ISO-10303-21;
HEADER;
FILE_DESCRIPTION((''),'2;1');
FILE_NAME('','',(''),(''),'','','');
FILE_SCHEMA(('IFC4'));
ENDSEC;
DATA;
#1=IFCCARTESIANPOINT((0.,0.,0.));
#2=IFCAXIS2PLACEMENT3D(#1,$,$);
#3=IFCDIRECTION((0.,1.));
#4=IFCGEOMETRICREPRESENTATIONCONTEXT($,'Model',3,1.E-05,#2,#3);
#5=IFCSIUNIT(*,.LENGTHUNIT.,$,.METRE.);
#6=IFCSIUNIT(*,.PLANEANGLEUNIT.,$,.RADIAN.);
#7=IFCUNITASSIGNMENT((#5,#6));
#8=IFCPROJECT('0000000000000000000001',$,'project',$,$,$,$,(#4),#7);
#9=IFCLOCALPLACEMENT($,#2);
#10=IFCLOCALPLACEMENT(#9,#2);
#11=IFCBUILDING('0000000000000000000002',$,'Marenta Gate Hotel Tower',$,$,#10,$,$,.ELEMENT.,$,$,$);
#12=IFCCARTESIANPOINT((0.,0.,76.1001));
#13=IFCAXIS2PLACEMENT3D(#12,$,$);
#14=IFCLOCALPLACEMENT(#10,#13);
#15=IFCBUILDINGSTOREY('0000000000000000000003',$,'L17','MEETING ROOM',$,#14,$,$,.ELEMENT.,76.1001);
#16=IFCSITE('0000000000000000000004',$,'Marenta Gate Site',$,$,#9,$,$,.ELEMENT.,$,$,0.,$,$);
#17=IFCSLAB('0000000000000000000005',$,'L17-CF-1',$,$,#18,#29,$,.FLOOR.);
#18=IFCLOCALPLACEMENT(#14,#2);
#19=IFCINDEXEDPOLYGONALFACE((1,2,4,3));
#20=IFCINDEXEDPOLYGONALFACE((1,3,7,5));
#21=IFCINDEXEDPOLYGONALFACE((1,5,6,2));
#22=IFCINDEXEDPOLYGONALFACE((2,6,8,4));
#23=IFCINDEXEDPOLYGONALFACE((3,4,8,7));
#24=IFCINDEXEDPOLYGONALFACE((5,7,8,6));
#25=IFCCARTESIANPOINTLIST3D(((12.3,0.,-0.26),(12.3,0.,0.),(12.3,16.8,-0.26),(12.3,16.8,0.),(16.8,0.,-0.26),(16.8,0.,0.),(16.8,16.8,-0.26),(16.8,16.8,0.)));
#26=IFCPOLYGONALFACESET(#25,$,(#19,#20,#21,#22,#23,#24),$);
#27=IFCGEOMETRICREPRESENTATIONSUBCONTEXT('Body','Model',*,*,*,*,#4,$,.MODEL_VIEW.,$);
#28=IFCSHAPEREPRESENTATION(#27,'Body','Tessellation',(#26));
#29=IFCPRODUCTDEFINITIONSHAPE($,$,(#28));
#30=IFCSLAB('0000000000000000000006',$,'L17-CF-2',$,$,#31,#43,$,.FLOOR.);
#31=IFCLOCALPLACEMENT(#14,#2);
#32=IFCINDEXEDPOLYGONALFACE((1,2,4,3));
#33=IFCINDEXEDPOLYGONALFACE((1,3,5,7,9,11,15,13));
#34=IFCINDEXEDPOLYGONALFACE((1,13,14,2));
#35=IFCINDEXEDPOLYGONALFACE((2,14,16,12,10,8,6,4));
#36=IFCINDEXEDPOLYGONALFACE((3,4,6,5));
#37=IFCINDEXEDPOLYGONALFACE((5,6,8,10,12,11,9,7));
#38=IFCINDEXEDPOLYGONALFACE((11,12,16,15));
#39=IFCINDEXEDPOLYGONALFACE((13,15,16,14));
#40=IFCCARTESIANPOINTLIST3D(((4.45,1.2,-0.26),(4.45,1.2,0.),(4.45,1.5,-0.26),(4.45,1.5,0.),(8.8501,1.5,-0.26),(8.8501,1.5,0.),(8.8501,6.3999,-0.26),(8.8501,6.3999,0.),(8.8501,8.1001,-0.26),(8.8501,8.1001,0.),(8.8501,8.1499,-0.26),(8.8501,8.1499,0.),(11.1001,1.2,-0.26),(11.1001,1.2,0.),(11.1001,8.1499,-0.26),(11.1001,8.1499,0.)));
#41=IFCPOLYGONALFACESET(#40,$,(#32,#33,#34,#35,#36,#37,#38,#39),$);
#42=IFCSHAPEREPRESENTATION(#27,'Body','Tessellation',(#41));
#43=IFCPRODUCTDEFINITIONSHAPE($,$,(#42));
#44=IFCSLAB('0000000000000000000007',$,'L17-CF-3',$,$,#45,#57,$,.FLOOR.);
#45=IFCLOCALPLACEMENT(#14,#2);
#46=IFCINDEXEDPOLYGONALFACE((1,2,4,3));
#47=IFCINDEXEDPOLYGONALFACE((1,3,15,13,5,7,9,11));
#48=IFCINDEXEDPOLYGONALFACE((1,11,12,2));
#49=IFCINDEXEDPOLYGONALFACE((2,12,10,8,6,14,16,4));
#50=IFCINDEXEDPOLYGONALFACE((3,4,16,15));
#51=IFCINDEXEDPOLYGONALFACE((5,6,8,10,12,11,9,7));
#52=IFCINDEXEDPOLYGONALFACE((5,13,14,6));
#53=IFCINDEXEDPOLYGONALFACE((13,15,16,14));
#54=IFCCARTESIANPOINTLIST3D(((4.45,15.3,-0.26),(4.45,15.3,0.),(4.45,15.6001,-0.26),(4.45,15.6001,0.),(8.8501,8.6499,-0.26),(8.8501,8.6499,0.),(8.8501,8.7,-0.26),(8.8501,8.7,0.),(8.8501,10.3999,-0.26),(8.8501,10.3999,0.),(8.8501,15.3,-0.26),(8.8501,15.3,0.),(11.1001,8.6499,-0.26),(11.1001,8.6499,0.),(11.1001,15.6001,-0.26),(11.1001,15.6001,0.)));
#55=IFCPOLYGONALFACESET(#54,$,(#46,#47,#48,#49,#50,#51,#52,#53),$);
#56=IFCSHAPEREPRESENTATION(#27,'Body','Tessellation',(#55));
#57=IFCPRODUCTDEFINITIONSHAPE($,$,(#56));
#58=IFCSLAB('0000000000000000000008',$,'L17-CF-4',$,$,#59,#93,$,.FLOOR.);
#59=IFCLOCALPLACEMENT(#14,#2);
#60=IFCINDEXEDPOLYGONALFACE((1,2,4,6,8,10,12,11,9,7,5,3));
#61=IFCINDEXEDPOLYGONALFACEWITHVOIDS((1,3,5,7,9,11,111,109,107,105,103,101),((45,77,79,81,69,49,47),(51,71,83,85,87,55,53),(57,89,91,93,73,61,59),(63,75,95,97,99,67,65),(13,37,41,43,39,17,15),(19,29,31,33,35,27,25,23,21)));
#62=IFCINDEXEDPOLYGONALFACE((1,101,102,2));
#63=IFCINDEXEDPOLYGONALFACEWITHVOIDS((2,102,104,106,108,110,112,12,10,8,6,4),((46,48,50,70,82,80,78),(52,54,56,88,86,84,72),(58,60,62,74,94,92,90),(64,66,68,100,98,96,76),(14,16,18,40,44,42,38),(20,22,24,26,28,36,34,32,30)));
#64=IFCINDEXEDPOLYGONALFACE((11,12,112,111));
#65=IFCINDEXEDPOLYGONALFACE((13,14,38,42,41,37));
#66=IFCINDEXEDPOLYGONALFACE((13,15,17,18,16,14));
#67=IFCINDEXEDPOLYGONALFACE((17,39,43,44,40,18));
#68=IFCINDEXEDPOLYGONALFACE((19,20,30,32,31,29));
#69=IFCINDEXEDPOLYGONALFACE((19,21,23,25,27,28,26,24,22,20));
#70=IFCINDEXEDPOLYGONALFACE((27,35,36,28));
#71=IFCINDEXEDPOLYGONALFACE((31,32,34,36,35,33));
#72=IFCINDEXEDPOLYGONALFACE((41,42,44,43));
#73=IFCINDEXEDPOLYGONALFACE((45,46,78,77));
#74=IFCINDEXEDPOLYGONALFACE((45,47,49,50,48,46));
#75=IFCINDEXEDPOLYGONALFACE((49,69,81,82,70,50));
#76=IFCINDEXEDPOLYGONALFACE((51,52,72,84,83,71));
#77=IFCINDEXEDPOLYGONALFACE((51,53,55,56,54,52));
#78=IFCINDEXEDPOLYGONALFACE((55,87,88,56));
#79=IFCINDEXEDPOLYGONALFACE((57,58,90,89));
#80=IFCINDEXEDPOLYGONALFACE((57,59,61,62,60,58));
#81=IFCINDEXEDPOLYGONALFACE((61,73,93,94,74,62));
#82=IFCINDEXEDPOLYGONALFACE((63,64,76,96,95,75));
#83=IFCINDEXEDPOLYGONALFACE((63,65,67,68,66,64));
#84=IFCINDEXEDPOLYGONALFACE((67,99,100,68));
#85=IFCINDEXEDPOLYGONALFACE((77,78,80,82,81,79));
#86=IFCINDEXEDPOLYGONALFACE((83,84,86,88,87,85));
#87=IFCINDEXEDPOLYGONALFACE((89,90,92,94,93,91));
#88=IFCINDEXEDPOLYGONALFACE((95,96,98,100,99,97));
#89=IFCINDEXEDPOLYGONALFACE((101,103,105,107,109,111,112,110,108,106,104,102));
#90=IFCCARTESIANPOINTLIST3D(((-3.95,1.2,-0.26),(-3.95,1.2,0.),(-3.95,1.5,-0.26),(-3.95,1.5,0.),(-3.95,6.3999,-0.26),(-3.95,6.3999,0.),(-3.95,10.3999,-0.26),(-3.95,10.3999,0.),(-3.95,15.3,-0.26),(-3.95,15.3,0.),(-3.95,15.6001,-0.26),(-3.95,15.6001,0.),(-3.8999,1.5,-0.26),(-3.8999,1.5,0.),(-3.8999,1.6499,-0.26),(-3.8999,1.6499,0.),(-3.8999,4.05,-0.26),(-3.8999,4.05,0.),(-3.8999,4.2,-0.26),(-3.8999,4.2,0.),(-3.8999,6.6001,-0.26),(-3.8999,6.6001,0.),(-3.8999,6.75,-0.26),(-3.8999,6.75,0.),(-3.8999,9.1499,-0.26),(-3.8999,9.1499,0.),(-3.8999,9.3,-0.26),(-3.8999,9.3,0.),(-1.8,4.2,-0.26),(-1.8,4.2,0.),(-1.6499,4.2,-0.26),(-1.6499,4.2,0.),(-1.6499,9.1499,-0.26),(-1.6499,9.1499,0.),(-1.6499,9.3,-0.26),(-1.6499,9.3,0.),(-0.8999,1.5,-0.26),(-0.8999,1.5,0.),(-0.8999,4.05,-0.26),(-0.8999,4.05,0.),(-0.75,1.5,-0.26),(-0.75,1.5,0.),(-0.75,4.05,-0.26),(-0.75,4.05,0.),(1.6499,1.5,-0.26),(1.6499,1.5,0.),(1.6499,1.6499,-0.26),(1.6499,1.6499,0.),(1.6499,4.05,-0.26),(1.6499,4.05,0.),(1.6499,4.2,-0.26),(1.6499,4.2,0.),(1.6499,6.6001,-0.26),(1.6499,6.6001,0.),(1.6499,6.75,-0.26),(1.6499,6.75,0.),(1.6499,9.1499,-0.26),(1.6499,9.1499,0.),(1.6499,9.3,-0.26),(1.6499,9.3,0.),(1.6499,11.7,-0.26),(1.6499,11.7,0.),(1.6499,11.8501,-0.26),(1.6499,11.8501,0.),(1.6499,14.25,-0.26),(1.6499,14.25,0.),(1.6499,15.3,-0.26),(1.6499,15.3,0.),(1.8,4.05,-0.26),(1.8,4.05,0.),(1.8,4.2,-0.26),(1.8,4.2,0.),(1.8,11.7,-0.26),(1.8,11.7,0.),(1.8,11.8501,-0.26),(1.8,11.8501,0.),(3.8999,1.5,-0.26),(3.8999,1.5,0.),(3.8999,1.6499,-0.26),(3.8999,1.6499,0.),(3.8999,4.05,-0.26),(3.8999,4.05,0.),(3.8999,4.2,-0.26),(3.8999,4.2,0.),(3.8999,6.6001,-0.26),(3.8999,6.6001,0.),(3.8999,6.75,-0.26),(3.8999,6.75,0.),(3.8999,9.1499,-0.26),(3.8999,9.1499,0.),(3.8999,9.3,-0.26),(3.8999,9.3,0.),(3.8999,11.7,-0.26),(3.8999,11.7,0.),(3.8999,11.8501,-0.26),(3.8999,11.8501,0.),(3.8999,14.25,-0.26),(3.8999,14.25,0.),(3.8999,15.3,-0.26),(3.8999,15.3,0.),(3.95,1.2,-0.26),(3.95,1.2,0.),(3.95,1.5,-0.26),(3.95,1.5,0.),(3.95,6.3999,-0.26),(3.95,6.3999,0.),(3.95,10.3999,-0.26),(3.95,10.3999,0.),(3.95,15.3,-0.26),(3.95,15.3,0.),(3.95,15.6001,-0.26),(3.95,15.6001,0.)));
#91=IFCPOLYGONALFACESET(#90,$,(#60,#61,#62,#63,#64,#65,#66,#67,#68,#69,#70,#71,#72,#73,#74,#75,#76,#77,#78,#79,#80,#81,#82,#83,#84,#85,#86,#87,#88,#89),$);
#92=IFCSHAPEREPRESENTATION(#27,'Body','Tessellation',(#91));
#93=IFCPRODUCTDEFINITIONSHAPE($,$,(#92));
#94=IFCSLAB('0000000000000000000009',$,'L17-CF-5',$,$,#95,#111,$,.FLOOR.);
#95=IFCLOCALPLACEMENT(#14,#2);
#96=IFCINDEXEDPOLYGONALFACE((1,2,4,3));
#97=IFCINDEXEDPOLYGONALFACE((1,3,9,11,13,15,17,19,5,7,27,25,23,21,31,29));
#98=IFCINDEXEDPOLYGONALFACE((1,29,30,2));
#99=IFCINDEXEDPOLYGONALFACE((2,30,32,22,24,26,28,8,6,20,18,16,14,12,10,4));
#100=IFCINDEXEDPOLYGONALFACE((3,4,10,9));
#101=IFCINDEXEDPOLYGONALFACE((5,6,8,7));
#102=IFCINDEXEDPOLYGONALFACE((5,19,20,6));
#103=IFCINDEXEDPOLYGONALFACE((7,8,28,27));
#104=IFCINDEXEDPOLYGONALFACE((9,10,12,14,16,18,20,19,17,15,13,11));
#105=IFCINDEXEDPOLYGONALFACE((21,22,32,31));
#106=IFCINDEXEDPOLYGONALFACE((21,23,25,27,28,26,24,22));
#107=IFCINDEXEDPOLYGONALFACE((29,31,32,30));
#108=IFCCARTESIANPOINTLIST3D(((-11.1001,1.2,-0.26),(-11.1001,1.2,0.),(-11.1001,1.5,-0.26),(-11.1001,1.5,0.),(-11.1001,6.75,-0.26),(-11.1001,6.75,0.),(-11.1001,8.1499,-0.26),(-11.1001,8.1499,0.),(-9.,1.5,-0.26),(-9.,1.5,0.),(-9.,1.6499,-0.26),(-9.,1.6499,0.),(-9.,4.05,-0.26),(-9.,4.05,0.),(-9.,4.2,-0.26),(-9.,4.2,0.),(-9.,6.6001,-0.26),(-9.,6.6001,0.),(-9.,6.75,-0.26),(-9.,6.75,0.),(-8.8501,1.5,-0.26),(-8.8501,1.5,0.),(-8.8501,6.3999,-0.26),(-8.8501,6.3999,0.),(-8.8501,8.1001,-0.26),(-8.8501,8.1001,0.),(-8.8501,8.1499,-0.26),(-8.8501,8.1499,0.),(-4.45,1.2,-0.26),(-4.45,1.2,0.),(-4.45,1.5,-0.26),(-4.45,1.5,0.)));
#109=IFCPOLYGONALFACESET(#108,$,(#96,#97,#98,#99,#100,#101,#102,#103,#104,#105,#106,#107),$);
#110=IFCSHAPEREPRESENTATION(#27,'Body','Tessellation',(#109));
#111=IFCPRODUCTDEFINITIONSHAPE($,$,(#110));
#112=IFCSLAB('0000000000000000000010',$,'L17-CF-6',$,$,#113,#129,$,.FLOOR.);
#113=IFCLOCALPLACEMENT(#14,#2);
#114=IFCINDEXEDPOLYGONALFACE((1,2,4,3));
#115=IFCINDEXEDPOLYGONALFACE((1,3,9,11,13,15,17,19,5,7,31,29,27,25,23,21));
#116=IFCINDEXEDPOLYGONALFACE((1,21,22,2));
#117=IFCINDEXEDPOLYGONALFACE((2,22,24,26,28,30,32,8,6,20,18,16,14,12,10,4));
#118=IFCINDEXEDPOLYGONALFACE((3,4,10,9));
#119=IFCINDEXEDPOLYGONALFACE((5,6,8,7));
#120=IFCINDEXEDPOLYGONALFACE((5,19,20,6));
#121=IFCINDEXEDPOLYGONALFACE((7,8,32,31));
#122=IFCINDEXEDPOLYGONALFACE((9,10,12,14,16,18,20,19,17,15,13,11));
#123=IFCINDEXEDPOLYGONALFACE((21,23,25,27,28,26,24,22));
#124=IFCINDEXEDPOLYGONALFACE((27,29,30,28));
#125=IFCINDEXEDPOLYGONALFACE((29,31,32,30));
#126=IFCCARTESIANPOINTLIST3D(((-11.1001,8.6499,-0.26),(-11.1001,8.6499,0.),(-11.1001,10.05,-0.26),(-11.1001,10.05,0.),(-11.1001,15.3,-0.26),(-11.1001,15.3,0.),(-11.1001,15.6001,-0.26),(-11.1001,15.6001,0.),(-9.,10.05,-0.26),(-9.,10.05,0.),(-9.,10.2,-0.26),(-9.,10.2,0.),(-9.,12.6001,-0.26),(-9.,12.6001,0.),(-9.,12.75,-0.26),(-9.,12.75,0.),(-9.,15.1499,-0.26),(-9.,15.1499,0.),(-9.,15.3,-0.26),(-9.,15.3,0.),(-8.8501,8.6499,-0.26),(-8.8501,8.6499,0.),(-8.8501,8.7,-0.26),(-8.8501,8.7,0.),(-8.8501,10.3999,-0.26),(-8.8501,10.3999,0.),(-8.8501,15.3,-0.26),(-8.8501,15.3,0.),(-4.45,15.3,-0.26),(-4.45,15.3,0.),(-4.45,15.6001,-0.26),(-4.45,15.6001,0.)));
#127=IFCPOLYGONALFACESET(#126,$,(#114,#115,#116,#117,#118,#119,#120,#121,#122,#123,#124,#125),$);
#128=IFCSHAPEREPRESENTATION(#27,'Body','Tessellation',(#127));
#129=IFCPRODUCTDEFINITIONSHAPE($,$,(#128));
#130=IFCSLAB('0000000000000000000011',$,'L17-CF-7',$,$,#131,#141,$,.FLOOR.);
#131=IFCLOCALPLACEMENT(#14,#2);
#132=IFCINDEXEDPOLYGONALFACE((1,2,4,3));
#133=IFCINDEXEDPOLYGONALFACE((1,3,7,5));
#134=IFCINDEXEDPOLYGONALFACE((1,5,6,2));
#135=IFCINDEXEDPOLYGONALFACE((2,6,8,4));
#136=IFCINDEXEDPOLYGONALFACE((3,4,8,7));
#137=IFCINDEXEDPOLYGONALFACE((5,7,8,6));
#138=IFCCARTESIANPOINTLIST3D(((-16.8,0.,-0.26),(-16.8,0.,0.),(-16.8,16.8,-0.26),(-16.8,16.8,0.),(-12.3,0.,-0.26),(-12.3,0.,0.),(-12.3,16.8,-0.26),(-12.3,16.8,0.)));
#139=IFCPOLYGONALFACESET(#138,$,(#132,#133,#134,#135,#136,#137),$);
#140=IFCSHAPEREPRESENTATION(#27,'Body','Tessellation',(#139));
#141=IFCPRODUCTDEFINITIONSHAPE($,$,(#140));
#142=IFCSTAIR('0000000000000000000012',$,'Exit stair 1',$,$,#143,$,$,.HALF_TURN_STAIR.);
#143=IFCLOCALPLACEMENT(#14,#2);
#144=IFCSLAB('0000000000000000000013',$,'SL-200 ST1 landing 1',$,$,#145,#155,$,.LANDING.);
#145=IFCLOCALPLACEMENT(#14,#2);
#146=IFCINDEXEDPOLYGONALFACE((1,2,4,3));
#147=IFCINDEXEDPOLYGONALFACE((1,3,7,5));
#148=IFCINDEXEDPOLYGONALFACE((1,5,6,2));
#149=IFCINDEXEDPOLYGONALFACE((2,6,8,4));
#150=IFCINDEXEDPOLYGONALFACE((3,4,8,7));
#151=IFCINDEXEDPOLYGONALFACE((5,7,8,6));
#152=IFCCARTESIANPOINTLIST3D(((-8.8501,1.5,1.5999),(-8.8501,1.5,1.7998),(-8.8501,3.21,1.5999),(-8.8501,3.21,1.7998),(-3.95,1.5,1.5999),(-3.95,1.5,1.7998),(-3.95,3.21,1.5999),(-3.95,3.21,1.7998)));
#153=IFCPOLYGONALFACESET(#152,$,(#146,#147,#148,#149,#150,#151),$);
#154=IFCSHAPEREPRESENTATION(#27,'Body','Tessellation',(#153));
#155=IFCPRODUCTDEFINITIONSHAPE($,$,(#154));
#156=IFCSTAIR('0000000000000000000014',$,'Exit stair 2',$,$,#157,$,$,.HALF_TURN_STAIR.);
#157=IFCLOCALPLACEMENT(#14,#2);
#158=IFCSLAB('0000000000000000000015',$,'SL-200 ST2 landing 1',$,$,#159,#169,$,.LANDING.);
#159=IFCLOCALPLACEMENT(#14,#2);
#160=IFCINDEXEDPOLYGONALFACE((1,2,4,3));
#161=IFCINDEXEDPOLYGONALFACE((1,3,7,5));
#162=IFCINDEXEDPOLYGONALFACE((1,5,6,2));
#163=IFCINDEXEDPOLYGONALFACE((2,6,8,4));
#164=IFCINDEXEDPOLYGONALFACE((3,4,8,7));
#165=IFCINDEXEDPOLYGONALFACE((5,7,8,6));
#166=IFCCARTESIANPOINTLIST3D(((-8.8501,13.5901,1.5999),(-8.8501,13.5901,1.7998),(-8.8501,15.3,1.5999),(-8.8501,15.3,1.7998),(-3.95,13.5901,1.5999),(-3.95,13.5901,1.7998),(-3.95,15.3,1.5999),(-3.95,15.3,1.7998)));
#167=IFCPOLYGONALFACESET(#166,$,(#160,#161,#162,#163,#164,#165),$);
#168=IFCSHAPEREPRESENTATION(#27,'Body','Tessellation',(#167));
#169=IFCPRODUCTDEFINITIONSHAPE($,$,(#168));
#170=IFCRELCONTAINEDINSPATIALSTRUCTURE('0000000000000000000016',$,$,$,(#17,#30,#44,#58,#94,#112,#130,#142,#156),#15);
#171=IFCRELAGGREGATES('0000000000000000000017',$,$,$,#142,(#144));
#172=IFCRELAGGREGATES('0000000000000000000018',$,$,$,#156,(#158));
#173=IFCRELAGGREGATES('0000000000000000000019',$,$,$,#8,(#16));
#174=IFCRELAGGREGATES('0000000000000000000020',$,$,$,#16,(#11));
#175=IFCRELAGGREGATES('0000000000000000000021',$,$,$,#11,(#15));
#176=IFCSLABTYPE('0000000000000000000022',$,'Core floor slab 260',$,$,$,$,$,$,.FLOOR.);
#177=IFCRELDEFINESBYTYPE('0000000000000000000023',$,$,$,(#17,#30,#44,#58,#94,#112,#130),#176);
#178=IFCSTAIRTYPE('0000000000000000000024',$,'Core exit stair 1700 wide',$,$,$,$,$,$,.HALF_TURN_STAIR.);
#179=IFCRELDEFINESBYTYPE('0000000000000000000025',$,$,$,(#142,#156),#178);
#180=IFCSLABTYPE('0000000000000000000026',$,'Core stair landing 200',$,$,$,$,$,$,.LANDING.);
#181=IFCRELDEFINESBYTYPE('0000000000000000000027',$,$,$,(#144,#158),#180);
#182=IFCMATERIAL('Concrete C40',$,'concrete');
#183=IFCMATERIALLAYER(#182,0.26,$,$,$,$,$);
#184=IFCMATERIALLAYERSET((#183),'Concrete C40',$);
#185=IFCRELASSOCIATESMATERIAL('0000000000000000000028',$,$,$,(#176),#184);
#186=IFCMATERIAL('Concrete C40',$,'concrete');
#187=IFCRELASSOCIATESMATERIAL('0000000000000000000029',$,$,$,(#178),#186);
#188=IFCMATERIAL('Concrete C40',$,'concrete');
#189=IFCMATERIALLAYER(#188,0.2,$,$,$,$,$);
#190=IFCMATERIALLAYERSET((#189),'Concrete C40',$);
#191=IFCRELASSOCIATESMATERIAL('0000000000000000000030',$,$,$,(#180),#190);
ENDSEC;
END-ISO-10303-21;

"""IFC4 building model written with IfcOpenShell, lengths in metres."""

from ifc_helpers import new_model, si_unit, direction, frame, origin, place, context, subcontext, project, spatial, polyline, outline, extrude, material, layer, layer_set, type_object, element, aggregate, save


model = new_model("IFC4")

# Units and contexts
model_context = context("Model", 3, precision=1e-05, world=origin(), true_north=direction((0.0, 1.0)))
body_context = subcontext(model_context, "Body", "Model", "MODEL_VIEW")
ifc_project = project(units=[si_unit("LENGTHUNIT", "METRE"), si_unit("PLANEANGLEUNIT", "RADIAN")], contexts=[model_context])

# Site, building, storey
site_placement = place(None, origin())
site = spatial("IfcSite", under=ifc_project, at=site_placement, Name="Marenta Gate Site", CompositionType="ELEMENT", RefElevation=0.0)
building_placement = place(site_placement, origin())
building = spatial("IfcBuilding", under=site, at=building_placement, Name="Marenta Gate Hotel Tower", CompositionType="ELEMENT")
storey_placement = place(building_placement, frame((0.0, 0.0, 76.1001)))
storey = spatial("IfcBuildingStorey", under=building, at=storey_placement, Name="L17", Description="MEETING ROOM", CompositionType="ELEMENT", Elevation=76.1001)

# Slabs
ifc_material_1 = material(Name="Concrete C40", Category="concrete")
ifc_layer_1 = layer(ifc_material_1, 0.26)
ifc_layer_set_1 = layer_set([ifc_layer_1], Name="Concrete C40")
slab_type_1 = type_object("IfcSlabType", Name="Core floor slab 260", PredefinedType="FLOOR", material=ifc_layer_set_1)
slab_1_placement = place(storey_placement, frame((0.0, 0.0, -0.26)))
element("IfcSlab", 1, at=slab_1_placement, inside=storey, type_object=slab_type_1, Name="L17-CF-1", PredefinedType="FLOOR", context=body_context, shape_type="SweptSolid", body=[
    extrude(outline(polyline([(12.3, 0.0), (12.3, 16.8), (16.8, 16.8), (16.8, 0.0), (12.3, 0.0)])), origin(), (0.0, 0.0, 1.0), 0.26),
])
slab_2_placement = place(storey_placement, frame((0.0, 0.0, -0.26)))
element("IfcSlab", 2, at=slab_2_placement, inside=storey, type_object=slab_type_1, Name="L17-CF-2", PredefinedType="FLOOR", context=body_context, shape_type="SweptSolid", body=[
    extrude(outline(polyline([(8.8501, 1.5), (8.8501, 6.3999), (8.8501, 8.1001), (8.8501, 8.1499), (11.1001, 8.1499), (11.1001, 1.2), (4.45, 1.2), (4.45, 1.5), (8.8501, 1.5)])), origin(), (0.0, 0.0, 1.0), 0.26),
])
slab_3_placement = place(storey_placement, frame((0.0, 0.0, -0.26)))
element("IfcSlab", 3, at=slab_3_placement, inside=storey, type_object=slab_type_1, Name="L17-CF-3", PredefinedType="FLOOR", context=body_context, shape_type="SweptSolid", body=[
    extrude(outline(polyline([(8.8501, 15.3), (4.45, 15.3), (4.45, 15.6001), (11.1001, 15.6001), (11.1001, 8.6499), (8.8501, 8.6499), (8.8501, 8.7), (8.8501, 10.3999), (8.8501, 15.3)])), origin(), (0.0, 0.0, 1.0), 0.26),
])
slab_4_placement = place(storey_placement, frame((0.0, 0.0, -0.26)))
element("IfcSlab", 4, at=slab_4_placement, inside=storey, type_object=slab_type_1, Name="L17-CF-4", PredefinedType="FLOOR", context=body_context, shape_type="SweptSolid", body=[
    extrude(outline(polyline([(3.95, 15.3), (3.95, 10.3999), (3.95, 6.3999), (3.95, 1.5), (3.95, 1.2), (-3.95, 1.2), (-3.95, 1.5), (-3.95, 6.3999), (-3.95, 10.3999), (-3.95, 15.3), (-3.95, 15.6001), (3.95, 15.6001), (3.95, 15.3)]), holes=[polyline([(1.6499, 4.05), (1.6499, 1.6499), (1.6499, 1.5), (3.8999, 1.5), (3.8999, 1.6499), (3.8999, 4.05), (1.8, 4.05), (1.6499, 4.05)]), polyline([(1.6499, 9.1499), (3.8999, 9.1499), (3.8999, 9.3), (3.8999, 11.7), (1.8, 11.7), (1.6499, 11.7), (1.6499, 9.3), (1.6499, 9.1499)]), polyline([(1.6499, 11.8501), (1.8, 11.8501), (3.8999, 11.8501), (3.8999, 14.25), (3.8999, 15.3), (1.6499, 15.3), (1.6499, 14.25), (1.6499, 11.8501)]), polyline([(3.8999, 6.6001), (3.8999, 6.75), (1.6499, 6.75), (1.6499, 6.6001), (1.6499, 4.2), (1.8, 4.2), (3.8999, 4.2), (3.8999, 6.6001)]), polyline([(-3.8999, 1.5), (-0.8999, 1.5), (-0.75, 1.5), (-0.75, 4.05), (-0.8999, 4.05), (-3.8999, 4.05), (-3.8999, 1.6499), (-3.8999, 1.5)]), polyline([(-1.6499, 4.2), (-1.6499, 9.1499), (-1.6499, 9.3), (-3.8999, 9.3), (-3.8999, 9.1499), (-3.8999, 6.75), (-3.8999, 6.6001), (-3.8999, 4.2), (-1.8, 4.2), (-1.6499, 4.2)])]), origin(), (0.0, 0.0, 1.0), 0.26),
])
slab_5_placement = place(storey_placement, frame((0.0, 0.0, -0.26)))
element("IfcSlab", 5, at=slab_5_placement, inside=storey, type_object=slab_type_1, Name="L17-CF-5", PredefinedType="FLOOR", context=body_context, shape_type="SweptSolid", body=[
    extrude(outline(polyline([(-9.0, 1.5), (-9.0, 1.6499), (-9.0, 4.05), (-9.0, 4.2), (-9.0, 6.6001), (-9.0, 6.75), (-11.1001, 6.75), (-11.1001, 8.1499), (-8.8501, 8.1499), (-8.8501, 8.1001), (-8.8501, 6.3999), (-8.8501, 1.5), (-4.45, 1.5), (-4.45, 1.2), (-11.1001, 1.2), (-11.1001, 1.5), (-9.0, 1.5)])), origin(), (0.0, 0.0, 1.0), 0.26),
])
slab_6_placement = place(storey_placement, frame((0.0, 0.0, -0.26)))
element("IfcSlab", 6, at=slab_6_placement, inside=storey, type_object=slab_type_1, Name="L17-CF-6", PredefinedType="FLOOR", context=body_context, shape_type="SweptSolid", body=[
    extrude(outline(polyline([(-4.45, 15.3), (-8.8501, 15.3), (-8.8501, 10.3999), (-8.8501, 8.7), (-8.8501, 8.6499), (-11.1001, 8.6499), (-11.1001, 10.05), (-9.0, 10.05), (-9.0, 10.2), (-9.0, 12.6001), (-9.0, 12.75), (-9.0, 15.1499), (-9.0, 15.3), (-11.1001, 15.3), (-11.1001, 15.6001), (-4.45, 15.6001), (-4.45, 15.3)])), origin(), (0.0, 0.0, 1.0), 0.26),
])
slab_7_placement = place(storey_placement, frame((0.0, 0.0, -0.26)))
element("IfcSlab", 7, at=slab_7_placement, inside=storey, type_object=slab_type_1, Name="L17-CF-7", PredefinedType="FLOOR", context=body_context, shape_type="SweptSolid", body=[
    extrude(outline(polyline([(-12.3, 16.8), (-12.3, 0.0), (-16.8, 0.0), (-16.8, 16.8), (-12.3, 16.8)])), origin(), (0.0, 0.0, 1.0), 0.26),
])

# Stairs, slabs
ifc_material_2 = material(Name="Concrete C40", Category="concrete")
stair_type_1 = type_object("IfcStairType", Name="Core exit stair 1700 wide", PredefinedType="HALF_TURN_STAIR", material=ifc_material_2)
stair_1_placement = place(storey_placement, origin())
stair_1 = element("IfcStair", 8, at=stair_1_placement, inside=storey, type_object=stair_type_1, Name="Exit stair 1", PredefinedType="HALF_TURN_STAIR")
ifc_material_3 = material(Name="Concrete C40", Category="concrete")
ifc_layer_2 = layer(ifc_material_3, 0.2)
ifc_layer_set_2 = layer_set([ifc_layer_2], Name="Concrete C40")
slab_type_2 = type_object("IfcSlabType", Name="Core stair landing 200", PredefinedType="LANDING", material=ifc_layer_set_2)
slab_8_placement = place(storey_placement, frame((0.0, 0.0, 1.5999)))
slab_8 = element("IfcSlab", 9, at=slab_8_placement, type_object=slab_type_2, Name="SL-200 ST1 landing 1", PredefinedType="LANDING", context=body_context, shape_type="SweptSolid", body=[
    extrude(outline(polyline([(-8.8501, 1.5), (-3.95, 1.5), (-3.95, 3.21), (-8.8501, 3.21), (-8.8501, 1.5)])), origin(), (0.0, 0.0, 1.0), 0.2),
])
aggregate(stair_1, [slab_8])
stair_2_placement = place(storey_placement, origin())
stair_2 = element("IfcStair", 10, at=stair_2_placement, inside=storey, type_object=stair_type_1, Name="Exit stair 2", PredefinedType="HALF_TURN_STAIR")
slab_9_placement = place(storey_placement, frame((0.0, 0.0, 1.5999)))
slab_9 = element("IfcSlab", 11, at=slab_9_placement, type_object=slab_type_2, Name="SL-200 ST2 landing 1", PredefinedType="LANDING", context=body_context, shape_type="SweptSolid", body=[
    extrude(outline(polyline([(-8.8501, 13.5901), (-3.95, 13.5901), (-3.95, 15.3), (-8.8501, 15.3), (-8.8501, 13.5901)])), origin(), (0.0, 0.0, 1.0), 0.2),
])
aggregate(stair_2, [slab_9])

save(model, "model.ifc")
